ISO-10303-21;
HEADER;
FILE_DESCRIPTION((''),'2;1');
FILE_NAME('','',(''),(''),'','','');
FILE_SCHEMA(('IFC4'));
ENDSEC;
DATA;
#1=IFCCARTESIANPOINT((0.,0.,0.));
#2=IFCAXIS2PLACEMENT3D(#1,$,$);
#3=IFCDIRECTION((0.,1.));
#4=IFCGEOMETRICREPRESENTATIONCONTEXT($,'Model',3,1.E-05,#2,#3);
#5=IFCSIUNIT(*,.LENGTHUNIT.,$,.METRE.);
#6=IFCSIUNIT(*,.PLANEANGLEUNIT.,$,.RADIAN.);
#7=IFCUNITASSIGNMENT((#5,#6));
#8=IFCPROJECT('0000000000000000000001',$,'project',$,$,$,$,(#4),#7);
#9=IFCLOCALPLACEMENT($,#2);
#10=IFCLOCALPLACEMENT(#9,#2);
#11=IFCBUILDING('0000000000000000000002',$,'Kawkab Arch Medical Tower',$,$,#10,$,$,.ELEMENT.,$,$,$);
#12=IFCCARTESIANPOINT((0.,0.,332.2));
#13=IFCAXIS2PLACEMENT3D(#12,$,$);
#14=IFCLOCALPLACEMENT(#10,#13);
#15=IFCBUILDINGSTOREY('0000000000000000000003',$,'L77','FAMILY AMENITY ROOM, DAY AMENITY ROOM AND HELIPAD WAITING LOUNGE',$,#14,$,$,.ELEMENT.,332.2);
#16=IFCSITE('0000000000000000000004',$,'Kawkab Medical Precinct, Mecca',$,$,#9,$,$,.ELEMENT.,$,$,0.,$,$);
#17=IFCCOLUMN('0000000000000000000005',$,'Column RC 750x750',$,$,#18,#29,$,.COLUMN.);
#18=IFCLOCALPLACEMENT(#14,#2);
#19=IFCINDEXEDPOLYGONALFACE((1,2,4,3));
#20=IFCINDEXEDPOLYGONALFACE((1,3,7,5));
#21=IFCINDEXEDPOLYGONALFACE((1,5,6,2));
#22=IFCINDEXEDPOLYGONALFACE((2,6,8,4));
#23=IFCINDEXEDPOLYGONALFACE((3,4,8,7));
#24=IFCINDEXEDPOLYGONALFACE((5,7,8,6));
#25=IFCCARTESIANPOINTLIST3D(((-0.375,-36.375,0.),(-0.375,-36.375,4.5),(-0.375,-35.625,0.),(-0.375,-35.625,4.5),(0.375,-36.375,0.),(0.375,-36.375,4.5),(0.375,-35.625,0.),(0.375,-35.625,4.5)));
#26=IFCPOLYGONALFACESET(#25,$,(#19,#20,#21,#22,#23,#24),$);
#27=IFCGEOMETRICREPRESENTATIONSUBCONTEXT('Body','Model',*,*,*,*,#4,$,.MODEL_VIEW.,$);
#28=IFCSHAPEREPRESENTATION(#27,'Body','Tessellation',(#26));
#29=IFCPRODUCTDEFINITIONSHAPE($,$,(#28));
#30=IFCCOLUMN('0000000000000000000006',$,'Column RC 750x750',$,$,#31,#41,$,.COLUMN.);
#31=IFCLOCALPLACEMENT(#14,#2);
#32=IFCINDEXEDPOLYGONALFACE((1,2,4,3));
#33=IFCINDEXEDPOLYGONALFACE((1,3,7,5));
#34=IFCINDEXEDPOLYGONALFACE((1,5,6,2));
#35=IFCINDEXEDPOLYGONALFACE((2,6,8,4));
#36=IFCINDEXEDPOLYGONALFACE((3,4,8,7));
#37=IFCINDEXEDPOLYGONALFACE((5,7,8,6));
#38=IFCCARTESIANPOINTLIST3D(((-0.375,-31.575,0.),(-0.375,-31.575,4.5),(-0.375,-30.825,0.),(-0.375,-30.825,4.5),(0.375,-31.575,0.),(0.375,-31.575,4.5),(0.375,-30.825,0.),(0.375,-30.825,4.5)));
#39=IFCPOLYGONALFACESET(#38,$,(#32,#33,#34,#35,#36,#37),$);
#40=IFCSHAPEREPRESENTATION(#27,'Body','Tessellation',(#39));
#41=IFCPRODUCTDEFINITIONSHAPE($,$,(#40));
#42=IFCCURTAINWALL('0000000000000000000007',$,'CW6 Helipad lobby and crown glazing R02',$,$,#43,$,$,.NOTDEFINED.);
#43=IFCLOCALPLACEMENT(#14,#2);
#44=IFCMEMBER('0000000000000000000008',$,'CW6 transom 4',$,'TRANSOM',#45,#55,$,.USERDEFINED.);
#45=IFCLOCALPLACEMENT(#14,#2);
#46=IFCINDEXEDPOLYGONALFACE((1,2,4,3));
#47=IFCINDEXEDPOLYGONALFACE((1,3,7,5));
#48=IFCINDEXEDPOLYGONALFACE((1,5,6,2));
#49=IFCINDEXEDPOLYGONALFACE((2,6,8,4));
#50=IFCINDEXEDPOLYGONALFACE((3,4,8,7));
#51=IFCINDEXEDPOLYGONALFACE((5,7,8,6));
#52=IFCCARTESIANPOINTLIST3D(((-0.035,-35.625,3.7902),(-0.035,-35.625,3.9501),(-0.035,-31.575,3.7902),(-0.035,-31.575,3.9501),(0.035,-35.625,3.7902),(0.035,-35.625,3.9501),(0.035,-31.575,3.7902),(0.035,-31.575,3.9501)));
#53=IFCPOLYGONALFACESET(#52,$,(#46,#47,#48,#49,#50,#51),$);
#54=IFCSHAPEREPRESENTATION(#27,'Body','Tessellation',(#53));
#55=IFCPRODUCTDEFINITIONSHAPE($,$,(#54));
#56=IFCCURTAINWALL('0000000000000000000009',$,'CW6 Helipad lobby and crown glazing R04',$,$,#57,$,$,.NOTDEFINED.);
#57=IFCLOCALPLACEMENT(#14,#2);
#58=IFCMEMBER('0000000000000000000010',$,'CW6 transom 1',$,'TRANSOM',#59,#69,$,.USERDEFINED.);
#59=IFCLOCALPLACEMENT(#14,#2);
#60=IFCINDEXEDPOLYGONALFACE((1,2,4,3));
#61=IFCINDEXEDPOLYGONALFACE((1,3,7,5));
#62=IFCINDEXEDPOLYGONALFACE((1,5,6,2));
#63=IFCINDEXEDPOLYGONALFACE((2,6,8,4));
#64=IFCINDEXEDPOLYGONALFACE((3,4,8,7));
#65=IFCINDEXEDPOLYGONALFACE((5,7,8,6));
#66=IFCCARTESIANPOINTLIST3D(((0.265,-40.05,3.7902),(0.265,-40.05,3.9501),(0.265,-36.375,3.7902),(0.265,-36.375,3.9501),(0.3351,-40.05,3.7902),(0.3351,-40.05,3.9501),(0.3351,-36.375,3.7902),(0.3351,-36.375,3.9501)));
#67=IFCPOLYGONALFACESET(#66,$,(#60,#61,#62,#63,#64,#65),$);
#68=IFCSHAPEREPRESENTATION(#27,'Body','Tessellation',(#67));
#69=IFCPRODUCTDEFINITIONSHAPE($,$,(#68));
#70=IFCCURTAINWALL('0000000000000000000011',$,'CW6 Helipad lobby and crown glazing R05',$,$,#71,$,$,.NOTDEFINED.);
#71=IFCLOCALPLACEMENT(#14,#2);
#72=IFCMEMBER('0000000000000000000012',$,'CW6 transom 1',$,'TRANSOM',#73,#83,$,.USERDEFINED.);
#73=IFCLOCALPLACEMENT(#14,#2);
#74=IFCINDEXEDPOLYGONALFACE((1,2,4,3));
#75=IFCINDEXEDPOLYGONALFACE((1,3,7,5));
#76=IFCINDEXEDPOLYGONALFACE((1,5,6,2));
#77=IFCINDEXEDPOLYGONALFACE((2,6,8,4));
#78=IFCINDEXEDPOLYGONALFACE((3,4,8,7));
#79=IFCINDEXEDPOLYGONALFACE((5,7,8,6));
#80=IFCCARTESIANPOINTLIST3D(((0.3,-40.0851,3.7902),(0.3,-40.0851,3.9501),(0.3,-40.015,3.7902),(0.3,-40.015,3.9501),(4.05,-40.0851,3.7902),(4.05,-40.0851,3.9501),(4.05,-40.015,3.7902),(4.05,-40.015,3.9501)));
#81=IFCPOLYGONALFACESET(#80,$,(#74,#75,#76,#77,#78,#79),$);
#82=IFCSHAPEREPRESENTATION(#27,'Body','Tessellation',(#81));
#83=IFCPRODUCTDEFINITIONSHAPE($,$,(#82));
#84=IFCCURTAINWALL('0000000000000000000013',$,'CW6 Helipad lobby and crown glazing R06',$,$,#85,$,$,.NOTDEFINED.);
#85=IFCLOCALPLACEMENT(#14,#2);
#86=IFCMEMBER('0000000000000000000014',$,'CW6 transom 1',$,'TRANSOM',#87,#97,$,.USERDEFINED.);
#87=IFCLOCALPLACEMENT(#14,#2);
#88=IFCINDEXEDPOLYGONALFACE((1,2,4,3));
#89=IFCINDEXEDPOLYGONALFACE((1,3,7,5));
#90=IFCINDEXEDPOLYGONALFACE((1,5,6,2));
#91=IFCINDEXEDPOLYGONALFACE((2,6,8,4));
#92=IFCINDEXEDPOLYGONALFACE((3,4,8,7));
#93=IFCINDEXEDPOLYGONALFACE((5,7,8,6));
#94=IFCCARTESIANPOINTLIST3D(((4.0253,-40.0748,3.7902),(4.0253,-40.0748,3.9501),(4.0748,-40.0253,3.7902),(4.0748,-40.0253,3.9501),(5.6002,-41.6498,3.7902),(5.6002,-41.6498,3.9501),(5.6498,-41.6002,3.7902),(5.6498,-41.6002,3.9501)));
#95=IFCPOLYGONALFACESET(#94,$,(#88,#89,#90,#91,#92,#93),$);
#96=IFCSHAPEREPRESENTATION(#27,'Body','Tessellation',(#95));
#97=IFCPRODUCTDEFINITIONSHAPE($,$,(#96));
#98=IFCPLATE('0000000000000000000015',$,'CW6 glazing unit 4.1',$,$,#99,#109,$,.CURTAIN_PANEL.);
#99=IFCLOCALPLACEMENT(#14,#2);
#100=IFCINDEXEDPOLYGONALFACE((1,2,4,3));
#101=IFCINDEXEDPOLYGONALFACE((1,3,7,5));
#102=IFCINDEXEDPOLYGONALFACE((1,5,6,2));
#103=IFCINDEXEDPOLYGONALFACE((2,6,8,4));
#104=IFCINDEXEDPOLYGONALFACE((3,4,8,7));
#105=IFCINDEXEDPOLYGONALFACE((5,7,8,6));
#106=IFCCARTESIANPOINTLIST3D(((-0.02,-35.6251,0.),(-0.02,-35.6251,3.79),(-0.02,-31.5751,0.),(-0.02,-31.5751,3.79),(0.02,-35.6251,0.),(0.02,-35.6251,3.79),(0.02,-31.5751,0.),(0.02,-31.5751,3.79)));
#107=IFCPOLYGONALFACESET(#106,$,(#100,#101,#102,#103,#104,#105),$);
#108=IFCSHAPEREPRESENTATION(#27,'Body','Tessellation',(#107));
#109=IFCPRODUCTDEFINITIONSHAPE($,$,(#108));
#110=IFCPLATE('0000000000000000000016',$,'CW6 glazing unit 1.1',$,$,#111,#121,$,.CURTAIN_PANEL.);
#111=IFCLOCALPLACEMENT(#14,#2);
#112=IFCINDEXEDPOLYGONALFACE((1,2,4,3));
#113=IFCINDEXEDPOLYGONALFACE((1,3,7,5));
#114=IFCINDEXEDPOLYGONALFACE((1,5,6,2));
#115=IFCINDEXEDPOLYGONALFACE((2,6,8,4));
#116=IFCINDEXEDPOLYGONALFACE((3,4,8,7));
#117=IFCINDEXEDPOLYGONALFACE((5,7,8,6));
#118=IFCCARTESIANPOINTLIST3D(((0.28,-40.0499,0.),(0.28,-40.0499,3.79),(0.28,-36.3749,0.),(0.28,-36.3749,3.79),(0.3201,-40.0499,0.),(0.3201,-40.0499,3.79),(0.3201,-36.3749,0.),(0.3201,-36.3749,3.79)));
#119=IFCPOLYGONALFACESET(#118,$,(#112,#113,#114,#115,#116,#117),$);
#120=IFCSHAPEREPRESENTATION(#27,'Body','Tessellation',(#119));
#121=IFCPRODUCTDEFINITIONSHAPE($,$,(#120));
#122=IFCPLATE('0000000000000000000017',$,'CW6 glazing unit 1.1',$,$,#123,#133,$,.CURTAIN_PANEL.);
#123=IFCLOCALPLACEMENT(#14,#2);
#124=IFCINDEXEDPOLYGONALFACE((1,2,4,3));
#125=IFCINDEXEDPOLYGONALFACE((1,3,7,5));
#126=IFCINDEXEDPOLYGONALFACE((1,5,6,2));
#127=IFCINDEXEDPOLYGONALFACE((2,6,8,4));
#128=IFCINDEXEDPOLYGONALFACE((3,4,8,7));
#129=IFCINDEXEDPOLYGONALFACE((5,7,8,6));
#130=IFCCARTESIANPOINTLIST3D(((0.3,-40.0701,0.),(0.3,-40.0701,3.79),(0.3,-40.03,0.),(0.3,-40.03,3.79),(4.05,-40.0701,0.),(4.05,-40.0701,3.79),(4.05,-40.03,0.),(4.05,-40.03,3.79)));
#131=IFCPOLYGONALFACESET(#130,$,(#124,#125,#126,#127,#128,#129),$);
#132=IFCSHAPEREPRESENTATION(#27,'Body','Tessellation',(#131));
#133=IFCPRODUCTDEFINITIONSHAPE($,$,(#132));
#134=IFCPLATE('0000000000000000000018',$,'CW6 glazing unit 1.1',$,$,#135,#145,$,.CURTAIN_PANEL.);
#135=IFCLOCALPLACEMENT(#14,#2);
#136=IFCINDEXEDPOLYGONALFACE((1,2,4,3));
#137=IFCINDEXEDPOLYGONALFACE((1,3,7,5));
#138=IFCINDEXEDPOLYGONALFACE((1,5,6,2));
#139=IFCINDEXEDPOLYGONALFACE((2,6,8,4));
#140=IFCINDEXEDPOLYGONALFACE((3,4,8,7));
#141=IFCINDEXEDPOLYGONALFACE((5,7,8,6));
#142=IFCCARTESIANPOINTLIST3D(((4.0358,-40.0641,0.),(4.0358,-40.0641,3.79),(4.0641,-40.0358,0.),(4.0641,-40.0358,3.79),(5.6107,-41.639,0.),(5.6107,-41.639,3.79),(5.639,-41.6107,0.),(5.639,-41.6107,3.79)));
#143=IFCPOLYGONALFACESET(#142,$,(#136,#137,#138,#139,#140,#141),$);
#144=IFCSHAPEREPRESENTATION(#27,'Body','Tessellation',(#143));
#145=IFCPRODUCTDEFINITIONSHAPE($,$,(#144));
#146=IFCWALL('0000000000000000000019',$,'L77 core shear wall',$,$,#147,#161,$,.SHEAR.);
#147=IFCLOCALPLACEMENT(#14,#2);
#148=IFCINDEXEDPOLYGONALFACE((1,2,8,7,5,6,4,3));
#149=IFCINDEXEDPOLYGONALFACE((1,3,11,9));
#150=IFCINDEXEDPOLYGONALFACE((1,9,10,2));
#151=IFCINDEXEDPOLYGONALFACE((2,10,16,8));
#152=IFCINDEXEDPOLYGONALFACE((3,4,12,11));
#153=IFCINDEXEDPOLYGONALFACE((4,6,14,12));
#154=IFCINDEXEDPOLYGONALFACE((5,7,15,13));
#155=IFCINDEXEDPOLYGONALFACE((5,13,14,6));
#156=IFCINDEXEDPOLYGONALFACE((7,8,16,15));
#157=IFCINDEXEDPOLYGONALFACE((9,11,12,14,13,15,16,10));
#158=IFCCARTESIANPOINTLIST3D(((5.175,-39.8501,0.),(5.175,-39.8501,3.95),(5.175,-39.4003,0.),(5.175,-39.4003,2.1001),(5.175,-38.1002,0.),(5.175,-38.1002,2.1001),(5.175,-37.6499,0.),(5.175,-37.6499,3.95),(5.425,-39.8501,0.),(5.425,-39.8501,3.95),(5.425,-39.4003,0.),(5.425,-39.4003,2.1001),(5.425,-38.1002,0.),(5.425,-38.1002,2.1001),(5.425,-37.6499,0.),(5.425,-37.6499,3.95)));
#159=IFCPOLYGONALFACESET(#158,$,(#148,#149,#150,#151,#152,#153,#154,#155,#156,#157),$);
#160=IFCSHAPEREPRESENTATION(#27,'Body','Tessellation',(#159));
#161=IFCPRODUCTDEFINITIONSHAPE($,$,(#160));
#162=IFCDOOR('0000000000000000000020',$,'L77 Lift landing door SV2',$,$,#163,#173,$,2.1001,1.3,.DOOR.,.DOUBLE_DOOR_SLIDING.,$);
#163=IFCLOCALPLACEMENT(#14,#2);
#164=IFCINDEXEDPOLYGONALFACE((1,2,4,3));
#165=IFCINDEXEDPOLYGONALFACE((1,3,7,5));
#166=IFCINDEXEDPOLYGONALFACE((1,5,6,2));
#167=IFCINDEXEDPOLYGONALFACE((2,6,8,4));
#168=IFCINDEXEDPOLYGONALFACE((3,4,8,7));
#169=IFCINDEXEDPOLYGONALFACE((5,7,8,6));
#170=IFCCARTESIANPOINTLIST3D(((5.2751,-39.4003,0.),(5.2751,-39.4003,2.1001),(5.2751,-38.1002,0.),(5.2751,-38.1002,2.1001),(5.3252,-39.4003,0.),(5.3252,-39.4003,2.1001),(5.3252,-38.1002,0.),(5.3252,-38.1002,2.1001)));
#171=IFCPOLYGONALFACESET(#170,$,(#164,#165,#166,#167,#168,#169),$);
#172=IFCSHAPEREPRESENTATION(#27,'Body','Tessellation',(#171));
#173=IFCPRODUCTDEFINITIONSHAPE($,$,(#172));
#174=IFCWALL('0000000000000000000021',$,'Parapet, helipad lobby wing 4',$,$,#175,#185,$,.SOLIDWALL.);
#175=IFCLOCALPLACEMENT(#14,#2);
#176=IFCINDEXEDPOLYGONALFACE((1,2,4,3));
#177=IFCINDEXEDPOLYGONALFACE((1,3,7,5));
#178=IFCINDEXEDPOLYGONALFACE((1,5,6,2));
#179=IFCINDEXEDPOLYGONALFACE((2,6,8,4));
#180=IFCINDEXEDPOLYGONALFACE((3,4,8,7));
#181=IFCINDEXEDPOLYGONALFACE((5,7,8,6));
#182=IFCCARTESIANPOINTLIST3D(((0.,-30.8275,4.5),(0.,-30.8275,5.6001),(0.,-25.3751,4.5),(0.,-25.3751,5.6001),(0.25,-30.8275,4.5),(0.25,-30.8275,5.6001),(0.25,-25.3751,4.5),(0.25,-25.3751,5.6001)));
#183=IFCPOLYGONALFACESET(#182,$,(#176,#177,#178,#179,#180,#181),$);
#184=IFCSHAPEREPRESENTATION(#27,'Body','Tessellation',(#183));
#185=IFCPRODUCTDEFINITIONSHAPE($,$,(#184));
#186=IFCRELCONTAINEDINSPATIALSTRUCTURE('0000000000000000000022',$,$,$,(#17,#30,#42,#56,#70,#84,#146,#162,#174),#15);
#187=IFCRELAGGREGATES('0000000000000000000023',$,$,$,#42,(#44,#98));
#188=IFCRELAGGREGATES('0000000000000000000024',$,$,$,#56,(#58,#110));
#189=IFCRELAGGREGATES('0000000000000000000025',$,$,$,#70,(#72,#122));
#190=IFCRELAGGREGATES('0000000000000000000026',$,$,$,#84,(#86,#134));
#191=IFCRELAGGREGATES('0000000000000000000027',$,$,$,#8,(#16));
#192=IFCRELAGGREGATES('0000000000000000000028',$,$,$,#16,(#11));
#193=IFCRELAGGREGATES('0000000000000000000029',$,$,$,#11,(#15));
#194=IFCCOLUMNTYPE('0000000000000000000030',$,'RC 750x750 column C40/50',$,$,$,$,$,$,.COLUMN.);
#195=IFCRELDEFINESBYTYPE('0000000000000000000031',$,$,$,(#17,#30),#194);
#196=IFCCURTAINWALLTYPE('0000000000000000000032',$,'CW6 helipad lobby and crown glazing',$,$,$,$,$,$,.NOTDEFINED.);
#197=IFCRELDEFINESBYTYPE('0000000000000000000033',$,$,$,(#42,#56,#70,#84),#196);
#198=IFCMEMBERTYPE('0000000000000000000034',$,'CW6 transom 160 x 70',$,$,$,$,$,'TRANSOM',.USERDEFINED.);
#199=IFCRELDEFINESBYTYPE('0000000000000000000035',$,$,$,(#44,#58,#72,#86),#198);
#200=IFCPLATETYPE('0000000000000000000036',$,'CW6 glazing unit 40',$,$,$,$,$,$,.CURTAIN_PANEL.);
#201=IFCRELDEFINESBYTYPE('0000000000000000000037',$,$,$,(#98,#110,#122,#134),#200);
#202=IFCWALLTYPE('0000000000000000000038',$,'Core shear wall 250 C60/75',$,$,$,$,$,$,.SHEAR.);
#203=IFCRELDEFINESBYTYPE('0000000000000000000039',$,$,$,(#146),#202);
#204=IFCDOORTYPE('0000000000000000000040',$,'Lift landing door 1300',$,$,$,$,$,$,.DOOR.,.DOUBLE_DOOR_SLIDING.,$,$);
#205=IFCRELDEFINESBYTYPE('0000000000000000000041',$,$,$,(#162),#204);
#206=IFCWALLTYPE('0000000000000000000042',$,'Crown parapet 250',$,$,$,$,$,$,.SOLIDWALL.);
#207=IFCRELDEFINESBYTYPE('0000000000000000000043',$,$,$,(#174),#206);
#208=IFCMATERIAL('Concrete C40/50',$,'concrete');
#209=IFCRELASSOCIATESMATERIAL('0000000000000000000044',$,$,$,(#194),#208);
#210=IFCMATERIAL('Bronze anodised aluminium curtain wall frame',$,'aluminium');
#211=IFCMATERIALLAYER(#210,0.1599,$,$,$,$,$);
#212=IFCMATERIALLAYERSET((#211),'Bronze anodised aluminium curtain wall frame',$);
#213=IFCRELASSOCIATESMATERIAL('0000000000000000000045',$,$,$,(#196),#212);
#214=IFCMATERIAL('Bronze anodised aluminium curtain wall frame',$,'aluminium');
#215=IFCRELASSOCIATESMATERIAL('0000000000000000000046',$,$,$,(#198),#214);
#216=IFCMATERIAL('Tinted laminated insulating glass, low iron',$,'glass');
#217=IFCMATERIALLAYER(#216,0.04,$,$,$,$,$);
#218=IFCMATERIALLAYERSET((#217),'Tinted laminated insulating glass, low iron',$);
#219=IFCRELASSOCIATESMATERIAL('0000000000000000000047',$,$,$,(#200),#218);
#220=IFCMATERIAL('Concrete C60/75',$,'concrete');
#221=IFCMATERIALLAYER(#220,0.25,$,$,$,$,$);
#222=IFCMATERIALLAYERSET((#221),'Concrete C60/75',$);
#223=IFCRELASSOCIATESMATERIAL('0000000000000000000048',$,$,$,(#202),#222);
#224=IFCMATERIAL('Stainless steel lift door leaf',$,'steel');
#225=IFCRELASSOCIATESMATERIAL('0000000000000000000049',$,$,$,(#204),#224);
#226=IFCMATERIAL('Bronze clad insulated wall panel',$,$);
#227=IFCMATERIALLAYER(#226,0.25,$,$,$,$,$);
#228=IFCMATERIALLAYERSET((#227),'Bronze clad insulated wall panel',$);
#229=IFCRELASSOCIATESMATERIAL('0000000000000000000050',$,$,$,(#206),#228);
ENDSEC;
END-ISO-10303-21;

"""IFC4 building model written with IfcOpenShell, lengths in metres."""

from ifc_helpers import new_model, si_unit, direction, frame, frame_2d, origin, origin_2d, place, context, subcontext, project, spatial, rectangle, extrude, material, layer, layer_set, material_profile, profile_set, type_object, element, fill, aggregate, save


model = new_model("IFC4")

# Units and contexts
model_context = context("Model", 3, precision=1e-05, world=origin(), true_north=direction((0.0, 1.0)))
body_context = subcontext(model_context, "Body", "Model", "MODEL_VIEW")
ifc_project = project(units=[si_unit("LENGTHUNIT", "METRE"), si_unit("PLANEANGLEUNIT", "RADIAN")], contexts=[model_context])

# Site, building, storey
site_placement = place(None, origin())
site = spatial("IfcSite", under=ifc_project, at=site_placement, Name="Kawkab Medical Precinct, Mecca", CompositionType="ELEMENT", RefElevation=0.0)
building_placement = place(site_placement, origin())
building = spatial("IfcBuilding", under=site, at=building_placement, Name="Kawkab Arch Medical Tower", CompositionType="ELEMENT")
storey_placement = place(building_placement, frame((0.0, 0.0, 332.2)))
storey = spatial("IfcBuildingStorey", under=building, at=storey_placement, Name="L77", Description="FAMILY AMENITY ROOM, DAY AMENITY ROOM AND HELIPAD WAITING LOUNGE", CompositionType="ELEMENT", Elevation=332.2)

# Columns
ifc_material_1 = material(Name="Concrete C40/50", Category="concrete")
ifc_material_profile_1 = material_profile(ifc_material_1, rectangle(XDim=0.75, YDim=0.75, at=origin_2d()), Name="RC 750x750")
ifc_profile_set_1 = profile_set([ifc_material_profile_1], Name="Concrete C40/50")
column_type = type_object("IfcColumnType", Name="RC 750x750 column C40/50", PredefinedType="COLUMN", material=ifc_profile_set_1)
for number, where, z_axis, x_axis, name in (
    (1, (0.0, -36.0, 0.0), (0.0, 0.0, 1.0), (1.0, 0.0, 0.0), "Column RC 750x750"),
    (2, (0.0, -31.2, 0.0), (0.0, 0.0, 1.0), (1.0, 0.0, 0.0), "Column RC 750x750"),
):
    element("IfcColumn", number, at=place(storey_placement, frame(where, z_axis=z_axis, x_axis=x_axis)), inside=storey, type_object=column_type, Name=name, PredefinedType="COLUMN", context=body_context, shape_type="SweptSolid", body=[
        extrude(rectangle(XDim=0.75, YDim=0.75, at=origin_2d()), origin(), (0.0, 0.0, 1.0), 4.5),
    ])

# Curtain walls, members
ifc_material_2 = material(Name="Bronze anodised aluminium curtain wall frame", Category="aluminium")
ifc_layer_1 = layer(ifc_material_2, 0.1599)
ifc_layer_set_1 = layer_set([ifc_layer_1], Name="Bronze anodised aluminium curtain wall frame")
curtain_wall_type = type_object("IfcCurtainWallType", Name="CW6 helipad lobby and crown glazing", PredefinedType="NOTDEFINED", material=ifc_layer_set_1)
placement = place(storey_placement, origin())
curtain_wall_1 = element("IfcCurtainWall", 3, at=placement, inside=storey, type_object=curtain_wall_type, Name="CW6 Helipad lobby and crown glazing R02", PredefinedType="NOTDEFINED")
ifc_material_3 = material(Name="Bronze anodised aluminium curtain wall frame", Category="aluminium")
ifc_material_profile_2 = material_profile(ifc_material_3, rectangle(XDim=0.0701, YDim=0.1599, at=origin_2d()), Name="AL 70x160")
ifc_profile_set_2 = profile_set([ifc_material_profile_2], Name="Bronze anodised aluminium curtain wall frame")
member_type = type_object("IfcMemberType", Name="CW6 transom 160 x 70", ElementType="TRANSOM", PredefinedType="USERDEFINED", material=ifc_profile_set_2)
member_1_placement = place(storey_placement, frame((0.0, -31.575, 3.8701), z_axis=(0.0, -1.0, 0.0), x_axis=(1.0, 0.0, 0.0)))
member_1 = element("IfcMember", 4, at=member_1_placement, type_object=member_type, Name="CW6 transom 4", ObjectType="TRANSOM", PredefinedType="USERDEFINED", context=body_context, shape_type="SweptSolid", body=[
    extrude(rectangle(XDim=0.0701, YDim=0.1599, at=origin_2d()), origin(), (0.0, 0.0, 1.0), 4.05),
])
curtain_wall_2 = element("IfcCurtainWall", 5, at=placement, inside=storey, type_object=curtain_wall_type, Name="CW6 Helipad lobby and crown glazing R04", PredefinedType="NOTDEFINED")
member_2_placement = place(storey_placement, frame((0.3, -36.375, 3.8701), z_axis=(0.0, -1.0, 0.0), x_axis=(1.0, 0.0, 0.0)))
member_2 = element("IfcMember", 6, at=member_2_placement, type_object=member_type, Name="CW6 transom 1", ObjectType="TRANSOM", PredefinedType="USERDEFINED", context=body_context, shape_type="SweptSolid", body=[
    extrude(rectangle(XDim=0.0701, YDim=0.1599, at=origin_2d()), origin(), (0.0, 0.0, 1.0), 3.675),
])
curtain_wall_3 = element("IfcCurtainWall", 7, at=placement, inside=storey, type_object=curtain_wall_type, Name="CW6 Helipad lobby and crown glazing R05", PredefinedType="NOTDEFINED")
member_3_placement = place(storey_placement, frame((0.3, -40.05, 3.8701), z_axis=(1.0, 0.0, 0.0), x_axis=(0.0, 1.0, 0.0)))
member_3 = element("IfcMember", 8, at=member_3_placement, type_object=member_type, Name="CW6 transom 1", ObjectType="TRANSOM", PredefinedType="USERDEFINED", context=body_context, shape_type="SweptSolid", body=[
    extrude(rectangle(XDim=0.0701, YDim=0.1599, at=origin_2d()), origin(), (0.0, 0.0, 1.0), 3.75),
])
curtain_wall_4 = element("IfcCurtainWall", 9, at=placement, inside=storey, type_object=curtain_wall_type, Name="CW6 Helipad lobby and crown glazing R06", PredefinedType="NOTDEFINED")
member_4_placement = place(storey_placement, frame((4.05, -40.05, 3.8701), z_axis=(0.707107, -0.707107, 0.0), x_axis=(0.707107, 0.707107, 0.0)))
member_4 = element("IfcMember", 10, at=member_4_placement, type_object=member_type, Name="CW6 transom 1", ObjectType="TRANSOM", PredefinedType="USERDEFINED", context=body_context, shape_type="SweptSolid", body=[
    extrude(rectangle(XDim=0.0701, YDim=0.1599, at=origin_2d()), origin(), (0.0, 0.0, 1.0), 2.2273),
])

# Plates
ifc_material_4 = material(Name="Tinted laminated insulating glass, low iron", Category="glass")
ifc_layer_2 = layer(ifc_material_4, 0.04)
ifc_layer_set_2 = layer_set([ifc_layer_2], Name="Tinted laminated insulating glass, low iron")
plate_type = type_object("IfcPlateType", Name="CW6 glazing unit 40", PredefinedType="CURTAIN_PANEL", material=ifc_layer_set_2)
plate_1_placement = place(storey_placement, frame((0.0, -33.6001, 0.0), z_axis=(0.0, 0.0, 1.0), x_axis=(0.0, -1.0, 0.0)))
plate_1 = element("IfcPlate", 11, at=plate_1_placement, type_object=plate_type, Name="CW6 glazing unit 4.1", PredefinedType="CURTAIN_PANEL", context=body_context, shape_type="SweptSolid", body=[
    extrude(rectangle(XDim=4.05, YDim=0.04, at=origin_2d()), origin(), (0.0, 0.0, 1.0), 3.79),
])
aggregate(curtain_wall_1, [member_1, plate_1])
plate_2_placement = place(storey_placement, frame((0.3, -38.2124, 0.0), z_axis=(0.0, 0.0, 1.0), x_axis=(0.0, -1.0, 0.0)))
plate_2 = element("IfcPlate", 12, at=plate_2_placement, type_object=plate_type, Name="CW6 glazing unit 1.1", PredefinedType="CURTAIN_PANEL", context=body_context, shape_type="SweptSolid", body=[
    extrude(rectangle(XDim=3.675, YDim=0.04, at=origin_2d()), origin(), (0.0, 0.0, 1.0), 3.79),
])
aggregate(curtain_wall_2, [member_2, plate_2])
plate_3_placement = place(storey_placement, frame((2.175, -40.05, 0.0), z_axis=(0.0, 0.0, 1.0), x_axis=(1.0, 0.0, 0.0)))
plate_3 = element("IfcPlate", 13, at=plate_3_placement, type_object=plate_type, Name="CW6 glazing unit 1.1", PredefinedType="CURTAIN_PANEL", context=body_context, shape_type="SweptSolid", body=[
    extrude(rectangle(XDim=3.75, YDim=0.04, at=origin_2d()), origin(), (0.0, 0.0, 1.0), 3.79),
])
aggregate(curtain_wall_3, [member_3, plate_3])
plate_4_placement = place(storey_placement, frame((4.8374, -40.8374, 0.0), z_axis=(0.0, 0.0, 1.0), x_axis=(0.707107, -0.707107, 0.0)))
plate_4 = element("IfcPlate", 14, at=plate_4_placement, type_object=plate_type, Name="CW6 glazing unit 1.1", PredefinedType="CURTAIN_PANEL", context=body_context, shape_type="SweptSolid", body=[
    extrude(rectangle(XDim=2.2273, YDim=0.04, at=origin_2d()), origin(), (0.0, 0.0, 1.0), 3.79),
])
aggregate(curtain_wall_4, [member_4, plate_4])

# Wall, opening, door
ifc_material_5 = material(Name="Concrete C60/75", Category="concrete")
ifc_layer_3 = layer(ifc_material_5, 0.25)
ifc_layer_set_3 = layer_set([ifc_layer_3], Name="Concrete C60/75")
wall_type_1 = type_object("IfcWallType", Name="Core shear wall 250 C60/75", PredefinedType="SHEAR", material=ifc_layer_set_3)
wall_1_placement = place(storey_placement, frame((5.3, -39.8501, 0.0), z_axis=(0.0, 0.0, 1.0), x_axis=(0.0, 1.0, 0.0)))
wall_1 = element("IfcWall", 15, at=wall_1_placement, inside=storey, type_object=wall_type_1, Name="L77 core shear wall", PredefinedType="SHEAR", context=body_context, shape_type="SweptSolid", body=[
    extrude(rectangle(XDim=2.2002, YDim=0.25, at=frame_2d((1.1001, 0.0))), origin(), (0.0, 0.0, 1.0), 3.95),
])
opening_1_placement = place(wall_1_placement, frame((0.45, 0.0, 0.0)))
opening_1 = element("IfcOpeningElement", 16, at=opening_1_placement, cuts=wall_1, PredefinedType="OPENING", context=body_context, shape_type="SweptSolid", body=[
    extrude(rectangle(XDim=1.3, YDim=2.1001, at=frame_2d((0.6499, 1.05))), frame((0.0, 0.135, 0.0), z_axis=(0.0, -1.0, 0.0), x_axis=(1.0, 0.0, 0.0)), (0.0, 0.0, 1.0), 0.27),
])
ifc_material_6 = material(Name="Stainless steel lift door leaf", Category="steel")
door_type_1 = type_object("IfcDoorType", Name="Lift landing door 1300", OperationType="DOUBLE_DOOR_SLIDING", PredefinedType="DOOR", material=ifc_material_6)
door_1_placement = place(opening_1_placement, origin())
door_1 = element("IfcDoor", 17, at=door_1_placement, inside=storey, type_object=door_type_1, Name="L77 Lift landing door SV2", OperationType="DOUBLE_DOOR_SLIDING", OverallHeight=2.1001, OverallWidth=1.3, PredefinedType="DOOR", context=body_context, shape_type="SweptSolid", body=[
    extrude(rectangle(XDim=1.3, YDim=2.1001, at=frame_2d((0.6499, 1.05))), frame((0.0, 0.0249, 0.0), z_axis=(0.0, -1.0, 0.0), x_axis=(1.0, 0.0, 0.0)), (0.0, 0.0, 1.0), 0.05),
])
fill(opening_1, door_1)

# Wall
ifc_material_7 = material(Name="Bronze clad insulated wall panel")
ifc_layer_4 = layer(ifc_material_7, 0.25)
ifc_layer_set_4 = layer_set([ifc_layer_4], Name="Bronze clad insulated wall panel")
wall_type_2 = type_object("IfcWallType", Name="Crown parapet 250", PredefinedType="SOLIDWALL", material=ifc_layer_set_4)
wall_2_placement = place(storey_placement, frame((0.125, -30.8274, 4.5), z_axis=(0.0, 0.0, 1.0), x_axis=(0.0, 1.0, 0.0)))
element("IfcWall", 18, at=wall_2_placement, inside=storey, type_object=wall_type_2, Name="Parapet, helipad lobby wing 4", PredefinedType="SOLIDWALL", context=body_context, shape_type="SweptSolid", body=[
    extrude(rectangle(XDim=5.4524, YDim=0.25, at=frame_2d((2.7261, 0.0))), origin(), (0.0, 0.0, 1.0), 1.1001),
])

save(model, "model.ifc")
